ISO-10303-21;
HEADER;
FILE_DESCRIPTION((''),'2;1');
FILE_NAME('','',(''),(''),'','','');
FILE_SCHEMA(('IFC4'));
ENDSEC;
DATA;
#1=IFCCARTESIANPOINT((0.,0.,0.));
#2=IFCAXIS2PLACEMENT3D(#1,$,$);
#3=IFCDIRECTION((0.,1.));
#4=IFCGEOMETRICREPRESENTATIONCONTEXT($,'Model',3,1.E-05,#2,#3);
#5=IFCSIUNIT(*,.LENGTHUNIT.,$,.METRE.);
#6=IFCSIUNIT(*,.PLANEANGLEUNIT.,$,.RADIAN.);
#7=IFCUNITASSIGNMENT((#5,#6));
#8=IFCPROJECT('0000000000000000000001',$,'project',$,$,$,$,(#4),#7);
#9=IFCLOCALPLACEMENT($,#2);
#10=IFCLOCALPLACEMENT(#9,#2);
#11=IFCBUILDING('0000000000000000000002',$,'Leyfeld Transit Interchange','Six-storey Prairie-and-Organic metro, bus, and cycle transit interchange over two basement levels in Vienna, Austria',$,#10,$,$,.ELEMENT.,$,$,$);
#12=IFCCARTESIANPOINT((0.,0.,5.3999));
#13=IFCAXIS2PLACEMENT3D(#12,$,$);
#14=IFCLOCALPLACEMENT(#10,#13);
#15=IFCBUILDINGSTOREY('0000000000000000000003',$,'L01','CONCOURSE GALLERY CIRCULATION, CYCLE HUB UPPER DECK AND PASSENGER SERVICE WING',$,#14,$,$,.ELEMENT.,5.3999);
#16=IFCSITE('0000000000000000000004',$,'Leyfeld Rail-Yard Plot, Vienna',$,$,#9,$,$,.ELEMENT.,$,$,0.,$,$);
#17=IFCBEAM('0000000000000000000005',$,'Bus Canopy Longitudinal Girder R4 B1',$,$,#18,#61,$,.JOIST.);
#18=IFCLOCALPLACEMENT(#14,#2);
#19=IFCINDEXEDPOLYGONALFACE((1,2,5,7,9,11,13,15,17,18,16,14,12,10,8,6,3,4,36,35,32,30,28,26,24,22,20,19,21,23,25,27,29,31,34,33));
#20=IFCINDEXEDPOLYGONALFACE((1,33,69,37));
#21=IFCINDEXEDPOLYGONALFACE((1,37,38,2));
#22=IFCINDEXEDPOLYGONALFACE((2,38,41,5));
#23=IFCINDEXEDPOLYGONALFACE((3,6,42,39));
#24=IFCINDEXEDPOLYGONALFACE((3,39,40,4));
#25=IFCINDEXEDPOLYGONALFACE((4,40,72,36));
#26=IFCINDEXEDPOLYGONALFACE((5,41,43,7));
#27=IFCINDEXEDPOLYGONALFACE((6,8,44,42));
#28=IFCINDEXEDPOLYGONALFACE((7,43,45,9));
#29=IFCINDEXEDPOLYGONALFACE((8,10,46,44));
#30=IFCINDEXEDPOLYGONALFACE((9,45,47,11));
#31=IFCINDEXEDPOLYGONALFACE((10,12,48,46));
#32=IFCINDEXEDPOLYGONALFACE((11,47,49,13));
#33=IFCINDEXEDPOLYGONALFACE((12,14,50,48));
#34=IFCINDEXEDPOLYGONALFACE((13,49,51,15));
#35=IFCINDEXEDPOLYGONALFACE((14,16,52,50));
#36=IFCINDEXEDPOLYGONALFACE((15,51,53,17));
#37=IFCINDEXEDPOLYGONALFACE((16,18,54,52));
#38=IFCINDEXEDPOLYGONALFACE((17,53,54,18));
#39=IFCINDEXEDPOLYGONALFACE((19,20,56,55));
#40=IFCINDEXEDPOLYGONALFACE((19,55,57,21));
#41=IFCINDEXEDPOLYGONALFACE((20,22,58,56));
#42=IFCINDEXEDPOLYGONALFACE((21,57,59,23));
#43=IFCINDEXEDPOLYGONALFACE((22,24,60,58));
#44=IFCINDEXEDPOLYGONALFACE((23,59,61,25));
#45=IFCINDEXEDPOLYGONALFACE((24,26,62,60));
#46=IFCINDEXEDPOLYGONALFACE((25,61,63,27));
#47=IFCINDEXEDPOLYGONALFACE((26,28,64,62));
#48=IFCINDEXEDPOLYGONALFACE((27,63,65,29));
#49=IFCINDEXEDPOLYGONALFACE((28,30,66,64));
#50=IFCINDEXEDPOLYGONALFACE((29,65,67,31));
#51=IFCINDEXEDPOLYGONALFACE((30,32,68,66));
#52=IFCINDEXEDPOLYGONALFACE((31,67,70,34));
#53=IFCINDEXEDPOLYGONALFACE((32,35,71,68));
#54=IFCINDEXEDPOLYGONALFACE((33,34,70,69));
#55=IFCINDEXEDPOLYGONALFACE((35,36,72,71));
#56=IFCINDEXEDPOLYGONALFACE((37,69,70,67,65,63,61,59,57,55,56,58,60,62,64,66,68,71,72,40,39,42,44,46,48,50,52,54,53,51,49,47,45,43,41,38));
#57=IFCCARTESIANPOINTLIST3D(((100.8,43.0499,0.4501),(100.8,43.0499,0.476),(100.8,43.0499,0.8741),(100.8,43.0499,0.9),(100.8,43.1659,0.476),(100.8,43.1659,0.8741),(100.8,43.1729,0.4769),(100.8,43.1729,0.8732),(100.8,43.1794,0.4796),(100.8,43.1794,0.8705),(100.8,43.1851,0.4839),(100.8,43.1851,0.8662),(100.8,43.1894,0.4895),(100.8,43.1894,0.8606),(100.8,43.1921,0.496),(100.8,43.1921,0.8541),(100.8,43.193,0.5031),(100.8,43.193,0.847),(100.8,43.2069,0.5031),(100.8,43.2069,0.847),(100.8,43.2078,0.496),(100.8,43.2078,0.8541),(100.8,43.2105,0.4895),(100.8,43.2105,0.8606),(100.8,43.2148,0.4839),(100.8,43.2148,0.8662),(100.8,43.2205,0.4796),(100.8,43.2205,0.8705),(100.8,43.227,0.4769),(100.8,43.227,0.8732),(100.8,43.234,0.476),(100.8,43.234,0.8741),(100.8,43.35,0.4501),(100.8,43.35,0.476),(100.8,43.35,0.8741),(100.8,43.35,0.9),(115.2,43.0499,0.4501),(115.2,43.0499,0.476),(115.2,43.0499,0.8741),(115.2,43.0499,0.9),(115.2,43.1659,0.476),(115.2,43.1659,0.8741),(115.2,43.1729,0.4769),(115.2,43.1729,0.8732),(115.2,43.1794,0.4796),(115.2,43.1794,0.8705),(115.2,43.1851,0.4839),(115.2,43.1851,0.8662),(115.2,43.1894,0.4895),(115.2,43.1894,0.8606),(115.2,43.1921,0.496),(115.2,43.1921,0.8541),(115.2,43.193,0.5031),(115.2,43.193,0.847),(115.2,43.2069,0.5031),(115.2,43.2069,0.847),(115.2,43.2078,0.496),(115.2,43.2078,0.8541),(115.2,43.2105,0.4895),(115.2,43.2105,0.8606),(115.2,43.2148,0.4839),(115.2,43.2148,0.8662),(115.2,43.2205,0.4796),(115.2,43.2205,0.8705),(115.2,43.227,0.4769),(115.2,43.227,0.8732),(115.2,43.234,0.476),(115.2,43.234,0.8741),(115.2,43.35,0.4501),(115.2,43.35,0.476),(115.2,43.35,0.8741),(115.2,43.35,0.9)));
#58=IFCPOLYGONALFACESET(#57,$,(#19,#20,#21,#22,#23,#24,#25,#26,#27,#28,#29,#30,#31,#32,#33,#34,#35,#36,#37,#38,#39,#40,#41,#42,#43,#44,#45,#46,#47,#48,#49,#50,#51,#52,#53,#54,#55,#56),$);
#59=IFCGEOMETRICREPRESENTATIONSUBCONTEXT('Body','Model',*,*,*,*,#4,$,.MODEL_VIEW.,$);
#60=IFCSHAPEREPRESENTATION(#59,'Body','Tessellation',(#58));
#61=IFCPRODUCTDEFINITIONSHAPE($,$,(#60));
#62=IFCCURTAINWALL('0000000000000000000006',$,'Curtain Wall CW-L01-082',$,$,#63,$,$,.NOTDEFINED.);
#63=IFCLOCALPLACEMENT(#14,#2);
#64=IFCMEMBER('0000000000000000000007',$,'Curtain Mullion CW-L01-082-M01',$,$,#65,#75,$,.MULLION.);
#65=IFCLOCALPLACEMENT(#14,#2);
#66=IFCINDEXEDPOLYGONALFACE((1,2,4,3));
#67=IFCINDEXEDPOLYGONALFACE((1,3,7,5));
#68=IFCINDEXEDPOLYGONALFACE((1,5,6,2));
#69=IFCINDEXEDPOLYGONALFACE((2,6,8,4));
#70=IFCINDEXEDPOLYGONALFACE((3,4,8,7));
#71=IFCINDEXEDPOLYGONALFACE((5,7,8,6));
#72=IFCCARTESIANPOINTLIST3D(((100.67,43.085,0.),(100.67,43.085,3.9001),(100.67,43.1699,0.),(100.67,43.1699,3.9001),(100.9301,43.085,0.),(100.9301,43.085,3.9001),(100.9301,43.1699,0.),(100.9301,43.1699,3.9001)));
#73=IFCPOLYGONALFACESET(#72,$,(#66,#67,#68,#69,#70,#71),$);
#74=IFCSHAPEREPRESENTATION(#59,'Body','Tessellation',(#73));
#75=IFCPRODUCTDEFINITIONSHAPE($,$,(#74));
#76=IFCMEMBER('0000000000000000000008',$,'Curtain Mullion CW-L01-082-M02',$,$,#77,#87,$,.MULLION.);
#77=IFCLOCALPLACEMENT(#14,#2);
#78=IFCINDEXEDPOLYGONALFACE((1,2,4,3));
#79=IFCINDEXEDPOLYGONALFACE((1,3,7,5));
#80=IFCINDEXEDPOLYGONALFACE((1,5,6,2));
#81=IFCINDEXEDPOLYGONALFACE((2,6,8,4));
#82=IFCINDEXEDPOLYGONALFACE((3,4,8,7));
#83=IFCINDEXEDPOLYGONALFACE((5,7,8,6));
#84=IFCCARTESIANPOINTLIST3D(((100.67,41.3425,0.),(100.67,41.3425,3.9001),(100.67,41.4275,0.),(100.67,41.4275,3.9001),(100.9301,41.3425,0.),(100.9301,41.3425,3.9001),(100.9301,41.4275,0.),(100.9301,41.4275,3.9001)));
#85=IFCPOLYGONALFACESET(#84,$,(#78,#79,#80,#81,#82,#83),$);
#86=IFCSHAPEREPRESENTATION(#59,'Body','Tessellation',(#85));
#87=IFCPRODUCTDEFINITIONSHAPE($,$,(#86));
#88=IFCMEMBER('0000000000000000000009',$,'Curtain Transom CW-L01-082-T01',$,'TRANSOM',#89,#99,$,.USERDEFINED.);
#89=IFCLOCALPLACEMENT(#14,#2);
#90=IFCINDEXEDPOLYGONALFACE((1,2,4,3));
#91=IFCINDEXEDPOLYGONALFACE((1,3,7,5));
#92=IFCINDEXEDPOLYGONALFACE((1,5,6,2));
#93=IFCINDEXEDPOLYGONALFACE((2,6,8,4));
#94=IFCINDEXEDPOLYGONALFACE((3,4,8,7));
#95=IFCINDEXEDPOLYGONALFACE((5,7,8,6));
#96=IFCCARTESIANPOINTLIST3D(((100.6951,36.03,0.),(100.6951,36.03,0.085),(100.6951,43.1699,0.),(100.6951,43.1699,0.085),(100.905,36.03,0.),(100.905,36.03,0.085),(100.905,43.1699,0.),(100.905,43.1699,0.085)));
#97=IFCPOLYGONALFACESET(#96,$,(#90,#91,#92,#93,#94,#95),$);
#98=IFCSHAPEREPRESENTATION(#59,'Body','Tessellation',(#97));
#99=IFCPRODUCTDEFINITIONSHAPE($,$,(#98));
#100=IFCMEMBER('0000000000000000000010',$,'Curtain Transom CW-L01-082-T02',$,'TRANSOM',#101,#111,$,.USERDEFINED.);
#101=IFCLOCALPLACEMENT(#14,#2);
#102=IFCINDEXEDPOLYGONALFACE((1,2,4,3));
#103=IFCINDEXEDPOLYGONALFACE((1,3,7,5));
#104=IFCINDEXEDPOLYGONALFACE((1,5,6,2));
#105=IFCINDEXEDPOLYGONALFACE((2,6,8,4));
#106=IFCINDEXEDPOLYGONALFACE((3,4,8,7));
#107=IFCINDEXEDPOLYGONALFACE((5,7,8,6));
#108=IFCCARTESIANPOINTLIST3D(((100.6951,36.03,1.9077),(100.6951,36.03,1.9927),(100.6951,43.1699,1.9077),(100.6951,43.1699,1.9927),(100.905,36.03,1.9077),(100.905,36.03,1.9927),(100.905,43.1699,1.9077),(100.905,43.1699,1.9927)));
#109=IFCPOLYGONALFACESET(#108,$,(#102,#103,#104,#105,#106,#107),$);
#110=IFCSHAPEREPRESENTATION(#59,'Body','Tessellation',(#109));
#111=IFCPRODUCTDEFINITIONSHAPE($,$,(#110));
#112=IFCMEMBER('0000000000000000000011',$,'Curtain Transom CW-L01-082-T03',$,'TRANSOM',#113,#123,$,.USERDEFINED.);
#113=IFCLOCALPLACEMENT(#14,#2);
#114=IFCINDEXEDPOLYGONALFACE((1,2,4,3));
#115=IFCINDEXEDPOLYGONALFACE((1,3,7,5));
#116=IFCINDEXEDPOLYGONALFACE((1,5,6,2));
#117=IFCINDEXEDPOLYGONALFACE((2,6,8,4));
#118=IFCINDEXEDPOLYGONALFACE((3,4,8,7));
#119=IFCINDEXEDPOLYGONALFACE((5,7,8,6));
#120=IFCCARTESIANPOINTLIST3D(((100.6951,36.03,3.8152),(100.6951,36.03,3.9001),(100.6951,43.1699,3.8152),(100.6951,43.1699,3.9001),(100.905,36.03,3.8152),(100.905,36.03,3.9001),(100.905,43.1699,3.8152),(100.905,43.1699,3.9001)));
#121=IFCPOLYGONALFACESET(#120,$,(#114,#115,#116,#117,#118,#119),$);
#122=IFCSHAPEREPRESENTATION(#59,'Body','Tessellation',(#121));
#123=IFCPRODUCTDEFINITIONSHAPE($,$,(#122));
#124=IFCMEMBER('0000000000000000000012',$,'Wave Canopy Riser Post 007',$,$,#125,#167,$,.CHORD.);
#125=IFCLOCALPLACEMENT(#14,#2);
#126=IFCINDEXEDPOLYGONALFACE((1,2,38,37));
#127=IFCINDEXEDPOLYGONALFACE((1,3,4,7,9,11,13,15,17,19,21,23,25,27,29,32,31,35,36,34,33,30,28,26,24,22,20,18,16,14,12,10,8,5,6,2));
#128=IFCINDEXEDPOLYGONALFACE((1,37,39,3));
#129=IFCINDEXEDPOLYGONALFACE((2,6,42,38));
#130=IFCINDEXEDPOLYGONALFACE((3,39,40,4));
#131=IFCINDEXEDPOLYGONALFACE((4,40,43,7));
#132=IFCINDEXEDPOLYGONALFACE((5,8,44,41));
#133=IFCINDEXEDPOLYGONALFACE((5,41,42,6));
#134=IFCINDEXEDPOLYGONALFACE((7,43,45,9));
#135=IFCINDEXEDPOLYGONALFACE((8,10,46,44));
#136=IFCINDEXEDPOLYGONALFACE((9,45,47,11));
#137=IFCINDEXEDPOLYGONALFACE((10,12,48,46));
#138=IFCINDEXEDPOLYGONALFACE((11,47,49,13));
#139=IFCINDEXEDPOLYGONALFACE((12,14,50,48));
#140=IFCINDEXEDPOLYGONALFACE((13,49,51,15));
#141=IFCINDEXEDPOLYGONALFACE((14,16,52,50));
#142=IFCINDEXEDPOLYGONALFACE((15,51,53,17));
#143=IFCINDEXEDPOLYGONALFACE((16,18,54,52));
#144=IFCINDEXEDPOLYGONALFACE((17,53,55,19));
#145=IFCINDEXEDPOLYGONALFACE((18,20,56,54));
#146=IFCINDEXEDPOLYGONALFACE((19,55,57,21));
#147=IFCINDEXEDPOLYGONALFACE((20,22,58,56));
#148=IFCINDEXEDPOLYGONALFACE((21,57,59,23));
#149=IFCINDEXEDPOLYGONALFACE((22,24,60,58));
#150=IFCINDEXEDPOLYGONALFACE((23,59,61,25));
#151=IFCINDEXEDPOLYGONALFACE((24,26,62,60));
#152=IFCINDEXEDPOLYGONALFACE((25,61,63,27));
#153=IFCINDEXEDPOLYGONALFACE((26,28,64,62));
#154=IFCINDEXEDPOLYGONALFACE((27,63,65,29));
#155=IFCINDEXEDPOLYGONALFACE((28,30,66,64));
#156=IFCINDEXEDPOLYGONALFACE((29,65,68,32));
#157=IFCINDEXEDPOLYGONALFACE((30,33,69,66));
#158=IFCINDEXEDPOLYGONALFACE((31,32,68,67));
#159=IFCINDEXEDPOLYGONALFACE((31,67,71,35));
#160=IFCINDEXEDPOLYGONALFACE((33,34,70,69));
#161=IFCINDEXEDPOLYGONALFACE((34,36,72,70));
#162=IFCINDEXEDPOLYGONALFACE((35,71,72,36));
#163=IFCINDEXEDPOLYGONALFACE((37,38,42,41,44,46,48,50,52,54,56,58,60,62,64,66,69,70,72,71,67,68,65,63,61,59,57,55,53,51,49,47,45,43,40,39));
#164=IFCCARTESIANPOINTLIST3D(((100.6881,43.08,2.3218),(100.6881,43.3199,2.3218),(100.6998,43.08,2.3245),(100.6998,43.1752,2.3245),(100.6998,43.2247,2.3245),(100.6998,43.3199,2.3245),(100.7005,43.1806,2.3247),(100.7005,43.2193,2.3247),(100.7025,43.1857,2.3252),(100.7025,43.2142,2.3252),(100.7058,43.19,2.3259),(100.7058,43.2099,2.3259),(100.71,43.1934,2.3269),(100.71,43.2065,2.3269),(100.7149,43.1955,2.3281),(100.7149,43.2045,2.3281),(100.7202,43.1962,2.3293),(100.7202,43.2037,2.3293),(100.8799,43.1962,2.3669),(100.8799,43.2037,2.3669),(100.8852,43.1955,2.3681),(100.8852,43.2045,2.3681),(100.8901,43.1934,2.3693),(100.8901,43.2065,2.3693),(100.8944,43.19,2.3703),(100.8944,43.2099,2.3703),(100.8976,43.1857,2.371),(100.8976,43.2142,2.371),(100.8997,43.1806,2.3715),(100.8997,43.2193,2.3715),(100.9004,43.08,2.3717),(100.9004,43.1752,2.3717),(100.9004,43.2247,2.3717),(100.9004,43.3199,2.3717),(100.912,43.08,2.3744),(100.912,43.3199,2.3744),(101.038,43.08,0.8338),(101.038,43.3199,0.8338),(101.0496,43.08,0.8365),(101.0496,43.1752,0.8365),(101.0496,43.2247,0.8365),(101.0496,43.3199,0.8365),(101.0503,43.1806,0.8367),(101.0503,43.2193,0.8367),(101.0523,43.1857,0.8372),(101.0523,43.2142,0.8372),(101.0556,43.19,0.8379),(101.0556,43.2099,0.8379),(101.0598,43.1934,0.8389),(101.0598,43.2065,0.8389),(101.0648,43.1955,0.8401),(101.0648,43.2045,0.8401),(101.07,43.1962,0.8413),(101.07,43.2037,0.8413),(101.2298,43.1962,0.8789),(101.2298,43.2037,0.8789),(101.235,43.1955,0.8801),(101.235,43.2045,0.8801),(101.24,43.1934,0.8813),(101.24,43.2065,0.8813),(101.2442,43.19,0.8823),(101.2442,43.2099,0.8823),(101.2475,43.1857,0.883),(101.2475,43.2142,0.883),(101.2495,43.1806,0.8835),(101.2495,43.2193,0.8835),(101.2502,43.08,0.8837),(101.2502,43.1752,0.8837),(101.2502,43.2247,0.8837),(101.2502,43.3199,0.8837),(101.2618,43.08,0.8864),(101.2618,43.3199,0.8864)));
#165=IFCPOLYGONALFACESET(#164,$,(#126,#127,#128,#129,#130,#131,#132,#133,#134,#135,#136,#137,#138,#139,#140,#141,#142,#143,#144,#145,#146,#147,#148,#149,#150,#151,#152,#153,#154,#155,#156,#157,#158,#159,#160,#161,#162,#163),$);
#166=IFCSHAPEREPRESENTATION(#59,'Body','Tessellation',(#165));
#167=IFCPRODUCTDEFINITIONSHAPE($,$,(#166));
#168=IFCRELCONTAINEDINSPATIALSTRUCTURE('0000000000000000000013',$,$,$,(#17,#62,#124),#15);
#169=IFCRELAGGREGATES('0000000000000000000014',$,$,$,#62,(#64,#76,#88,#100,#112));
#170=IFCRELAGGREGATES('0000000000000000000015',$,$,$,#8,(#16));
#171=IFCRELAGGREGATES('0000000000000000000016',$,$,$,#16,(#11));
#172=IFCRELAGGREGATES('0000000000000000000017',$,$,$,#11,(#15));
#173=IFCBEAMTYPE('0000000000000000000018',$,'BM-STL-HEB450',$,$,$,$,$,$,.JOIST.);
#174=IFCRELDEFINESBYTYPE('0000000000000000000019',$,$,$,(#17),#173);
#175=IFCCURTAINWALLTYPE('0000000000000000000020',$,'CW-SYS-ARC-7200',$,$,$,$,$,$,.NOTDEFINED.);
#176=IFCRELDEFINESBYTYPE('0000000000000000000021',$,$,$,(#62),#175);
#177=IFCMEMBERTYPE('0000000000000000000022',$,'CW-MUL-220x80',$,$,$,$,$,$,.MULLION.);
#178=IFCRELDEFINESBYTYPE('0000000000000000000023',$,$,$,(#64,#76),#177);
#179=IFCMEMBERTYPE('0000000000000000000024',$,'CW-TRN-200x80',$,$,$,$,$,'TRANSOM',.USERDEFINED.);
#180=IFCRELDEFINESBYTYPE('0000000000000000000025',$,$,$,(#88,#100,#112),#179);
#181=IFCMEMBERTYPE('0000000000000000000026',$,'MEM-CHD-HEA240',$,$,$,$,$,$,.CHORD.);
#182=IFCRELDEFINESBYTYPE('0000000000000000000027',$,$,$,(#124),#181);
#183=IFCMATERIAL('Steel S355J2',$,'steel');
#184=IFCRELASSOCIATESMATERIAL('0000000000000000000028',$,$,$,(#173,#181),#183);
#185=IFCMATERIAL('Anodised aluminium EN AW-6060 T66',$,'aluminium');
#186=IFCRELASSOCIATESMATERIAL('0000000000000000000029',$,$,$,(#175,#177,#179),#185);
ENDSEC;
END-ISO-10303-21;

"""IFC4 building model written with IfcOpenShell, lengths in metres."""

from ifc_helpers import new_model, si_unit, direction, frame, origin, origin_2d, place, context, subcontext, project, spatial, rectangle, i_section, extrude, material, material_profile, profile_set, type_object, element, aggregate, save


model = new_model("IFC4")

# Units and contexts
model_context = context("Model", 3, precision=1e-05, world=origin(), true_north=direction((0.0, 1.0)))
body_context = subcontext(model_context, "Body", "Model", "MODEL_VIEW")
ifc_project = project(units=[si_unit("LENGTHUNIT", "METRE"), si_unit("PLANEANGLEUNIT", "RADIAN")], contexts=[model_context])

# Site, building, storey
site_placement = place(None, origin())
site = spatial("IfcSite", under=ifc_project, at=site_placement, Name="Leyfeld Rail-Yard Plot, Vienna", CompositionType="ELEMENT", RefElevation=0.0)
building_placement = place(site_placement, origin())
building = spatial("IfcBuilding", under=site, at=building_placement, Name="Leyfeld Transit Interchange", Description="Six-storey Prairie-and-Organic metro, bus, and cycle transit interchange over two basement levels in Vienna, Austria", CompositionType="ELEMENT")
storey_placement = place(building_placement, frame((0.0, 0.0, 5.3999)))
storey = spatial("IfcBuildingStorey", under=building, at=storey_placement, Name="L01", Description="CONCOURSE GALLERY CIRCULATION, CYCLE HUB UPPER DECK AND PASSENGER SERVICE WING", CompositionType="ELEMENT", Elevation=5.3999)

# Beam
ifc_material_1 = material(Name="Steel S355J2", Category="steel")
ifc_material_profile_1 = material_profile(ifc_material_1, i_section(OverallWidth=0.3, OverallDepth=0.45, WebThickness=0.0139, FlangeThickness=0.0259, FilletRadius=0.0271, at=origin_2d()), Name="HEB 450")
ifc_profile_set_1 = profile_set([ifc_material_profile_1], Name="Steel S355J2")
beam_type = type_object("IfcBeamType", Name="BM-STL-HEB450", PredefinedType="JOIST", material=ifc_profile_set_1)
beam_placement = place(storey_placement, frame((100.8, 43.2, 0.675), z_axis=(1.0, 0.0, 0.0), x_axis=(0.0, 1.0, 0.0)))
element("IfcBeam", 1, at=beam_placement, inside=storey, type_object=beam_type, Name="Bus Canopy Longitudinal Girder R4 B1", PredefinedType="JOIST", context=body_context, shape_type="SweptSolid", body=[
    extrude(i_section(OverallWidth=0.3, OverallDepth=0.45, WebThickness=0.0139, FlangeThickness=0.0259, FilletRadius=0.0271, at=origin_2d()), origin(), (0.0, 0.0, 1.0), 14.3999),
])

# Curtain wall, members
ifc_material_2 = material(Name="Anodised aluminium EN AW-6060 T66", Category="aluminium")
curtain_wall_type = type_object("IfcCurtainWallType", Name="CW-SYS-ARC-7200", PredefinedType="NOTDEFINED", material=ifc_material_2)
curtain_wall_placement = place(storey_placement, origin())
curtain_wall = element("IfcCurtainWall", 2, at=curtain_wall_placement, inside=storey, type_object=curtain_wall_type, Name="Curtain Wall CW-L01-082", PredefinedType="NOTDEFINED")
ifc_material_profile_2 = material_profile(ifc_material_2, rectangle(XDim=0.085, YDim=0.26, at=origin_2d()), Name="CW-M 85x260")
ifc_profile_set_2 = profile_set([ifc_material_profile_2], Name="Anodised aluminium EN AW-6060 T66")
member_type_1 = type_object("IfcMemberType", Name="CW-MUL-220x80", PredefinedType="MULLION", material=ifc_profile_set_2)
member_1_placement = place(storey_placement, frame((100.8, 43.1274, 0.0), z_axis=(0.0, 0.0, 1.0), x_axis=(0.0, -1.0, 0.0)))
member_1 = element("IfcMember", 3, at=member_1_placement, type_object=member_type_1, Name="Curtain Mullion CW-L01-082-M01", PredefinedType="MULLION", context=body_context, shape_type="SweptSolid", body=[
    extrude(rectangle(XDim=0.085, YDim=0.26, at=origin_2d()), origin(), (0.0, 0.0, 1.0), 3.9001),
])
member_2_placement = place(storey_placement, frame((100.8, 41.385, 0.0), z_axis=(0.0, 0.0, 1.0), x_axis=(0.0, -1.0, 0.0)))
member_2 = element("IfcMember", 4, at=member_2_placement, type_object=member_type_1, Name="Curtain Mullion CW-L01-082-M02", PredefinedType="MULLION", context=body_context, shape_type="SweptSolid", body=[
    extrude(rectangle(XDim=0.085, YDim=0.26, at=origin_2d()), origin(), (0.0, 0.0, 1.0), 3.9001),
])
ifc_material_profile_3 = material_profile(ifc_material_2, rectangle(XDim=0.21, YDim=0.085, at=origin_2d()), Name="CW-TRN-200x80")
ifc_profile_set_3 = profile_set([ifc_material_profile_3], Name="Anodised aluminium EN AW-6060 T66")
member_type_2 = type_object("IfcMemberType", Name="CW-TRN-200x80", ElementType="TRANSOM", PredefinedType="USERDEFINED", material=ifc_profile_set_3)
member_3_placement = place(storey_placement, frame((100.8, 43.1699, 0.0425), z_axis=(0.0, -1.0, 0.0), x_axis=(1.0, 0.0, 0.0)))
member_3 = element("IfcMember", 5, at=member_3_placement, type_object=member_type_2, Name="Curtain Transom CW-L01-082-T01", ObjectType="TRANSOM", PredefinedType="USERDEFINED", context=body_context, shape_type="SweptSolid", body=[
    extrude(rectangle(XDim=0.21, YDim=0.085, at=origin_2d()), origin(), (0.0, 0.0, 1.0), 7.1399),
])
member_4_placement = place(storey_placement, frame((100.8, 43.1699, 1.9502), z_axis=(0.0, -1.0, 0.0), x_axis=(1.0, 0.0, 0.0)))
member_4 = element("IfcMember", 6, at=member_4_placement, type_object=member_type_2, Name="Curtain Transom CW-L01-082-T02", ObjectType="TRANSOM", PredefinedType="USERDEFINED", context=body_context, shape_type="SweptSolid", body=[
    extrude(rectangle(XDim=0.21, YDim=0.085, at=origin_2d()), origin(), (0.0, 0.0, 1.0), 7.1399),
])
member_5_placement = place(storey_placement, frame((100.8, 43.1699, 3.8577), z_axis=(0.0, -1.0, 0.0), x_axis=(1.0, 0.0, 0.0)))
member_5 = element("IfcMember", 7, at=member_5_placement, type_object=member_type_2, Name="Curtain Transom CW-L01-082-T03", ObjectType="TRANSOM", PredefinedType="USERDEFINED", context=body_context, shape_type="SweptSolid", body=[
    extrude(rectangle(XDim=0.21, YDim=0.085, at=origin_2d()), origin(), (0.0, 0.0, 1.0), 7.1399),
])

# Member
ifc_material_profile_4 = material_profile(ifc_material_1, i_section(OverallWidth=0.24, OverallDepth=0.23, WebThickness=0.0076, FlangeThickness=0.012, FilletRadius=0.021, at=origin_2d()), Name="HEA 240")
ifc_profile_set_4 = profile_set([ifc_material_profile_4], Name="Steel S355J2")
member_type_3 = type_object("IfcMemberType", Name="MEM-CHD-HEA240", PredefinedType="CHORD", material=ifc_profile_set_4)
member_6_placement = place(storey_placement, frame((101.1499, 43.2, 0.8601), z_axis=(-0.22887, 0.0, 0.973457), x_axis=(0.0, -1.0, 0.0)))
element("IfcMember", 8, at=member_6_placement, inside=storey, type_object=member_type_3, Name="Wave Canopy Riser Post 007", PredefinedType="CHORD", context=body_context, shape_type="SweptSolid", body=[
    extrude(i_section(OverallWidth=0.24, OverallDepth=0.23, WebThickness=0.0076, FlangeThickness=0.012, FilletRadius=0.021, at=origin_2d()), origin(), (0.0, 0.0, 1.0), 1.5286),
])

aggregate(curtain_wall, [member_1, member_2, member_3, member_4, member_5])

save(model, "model.ifc")
